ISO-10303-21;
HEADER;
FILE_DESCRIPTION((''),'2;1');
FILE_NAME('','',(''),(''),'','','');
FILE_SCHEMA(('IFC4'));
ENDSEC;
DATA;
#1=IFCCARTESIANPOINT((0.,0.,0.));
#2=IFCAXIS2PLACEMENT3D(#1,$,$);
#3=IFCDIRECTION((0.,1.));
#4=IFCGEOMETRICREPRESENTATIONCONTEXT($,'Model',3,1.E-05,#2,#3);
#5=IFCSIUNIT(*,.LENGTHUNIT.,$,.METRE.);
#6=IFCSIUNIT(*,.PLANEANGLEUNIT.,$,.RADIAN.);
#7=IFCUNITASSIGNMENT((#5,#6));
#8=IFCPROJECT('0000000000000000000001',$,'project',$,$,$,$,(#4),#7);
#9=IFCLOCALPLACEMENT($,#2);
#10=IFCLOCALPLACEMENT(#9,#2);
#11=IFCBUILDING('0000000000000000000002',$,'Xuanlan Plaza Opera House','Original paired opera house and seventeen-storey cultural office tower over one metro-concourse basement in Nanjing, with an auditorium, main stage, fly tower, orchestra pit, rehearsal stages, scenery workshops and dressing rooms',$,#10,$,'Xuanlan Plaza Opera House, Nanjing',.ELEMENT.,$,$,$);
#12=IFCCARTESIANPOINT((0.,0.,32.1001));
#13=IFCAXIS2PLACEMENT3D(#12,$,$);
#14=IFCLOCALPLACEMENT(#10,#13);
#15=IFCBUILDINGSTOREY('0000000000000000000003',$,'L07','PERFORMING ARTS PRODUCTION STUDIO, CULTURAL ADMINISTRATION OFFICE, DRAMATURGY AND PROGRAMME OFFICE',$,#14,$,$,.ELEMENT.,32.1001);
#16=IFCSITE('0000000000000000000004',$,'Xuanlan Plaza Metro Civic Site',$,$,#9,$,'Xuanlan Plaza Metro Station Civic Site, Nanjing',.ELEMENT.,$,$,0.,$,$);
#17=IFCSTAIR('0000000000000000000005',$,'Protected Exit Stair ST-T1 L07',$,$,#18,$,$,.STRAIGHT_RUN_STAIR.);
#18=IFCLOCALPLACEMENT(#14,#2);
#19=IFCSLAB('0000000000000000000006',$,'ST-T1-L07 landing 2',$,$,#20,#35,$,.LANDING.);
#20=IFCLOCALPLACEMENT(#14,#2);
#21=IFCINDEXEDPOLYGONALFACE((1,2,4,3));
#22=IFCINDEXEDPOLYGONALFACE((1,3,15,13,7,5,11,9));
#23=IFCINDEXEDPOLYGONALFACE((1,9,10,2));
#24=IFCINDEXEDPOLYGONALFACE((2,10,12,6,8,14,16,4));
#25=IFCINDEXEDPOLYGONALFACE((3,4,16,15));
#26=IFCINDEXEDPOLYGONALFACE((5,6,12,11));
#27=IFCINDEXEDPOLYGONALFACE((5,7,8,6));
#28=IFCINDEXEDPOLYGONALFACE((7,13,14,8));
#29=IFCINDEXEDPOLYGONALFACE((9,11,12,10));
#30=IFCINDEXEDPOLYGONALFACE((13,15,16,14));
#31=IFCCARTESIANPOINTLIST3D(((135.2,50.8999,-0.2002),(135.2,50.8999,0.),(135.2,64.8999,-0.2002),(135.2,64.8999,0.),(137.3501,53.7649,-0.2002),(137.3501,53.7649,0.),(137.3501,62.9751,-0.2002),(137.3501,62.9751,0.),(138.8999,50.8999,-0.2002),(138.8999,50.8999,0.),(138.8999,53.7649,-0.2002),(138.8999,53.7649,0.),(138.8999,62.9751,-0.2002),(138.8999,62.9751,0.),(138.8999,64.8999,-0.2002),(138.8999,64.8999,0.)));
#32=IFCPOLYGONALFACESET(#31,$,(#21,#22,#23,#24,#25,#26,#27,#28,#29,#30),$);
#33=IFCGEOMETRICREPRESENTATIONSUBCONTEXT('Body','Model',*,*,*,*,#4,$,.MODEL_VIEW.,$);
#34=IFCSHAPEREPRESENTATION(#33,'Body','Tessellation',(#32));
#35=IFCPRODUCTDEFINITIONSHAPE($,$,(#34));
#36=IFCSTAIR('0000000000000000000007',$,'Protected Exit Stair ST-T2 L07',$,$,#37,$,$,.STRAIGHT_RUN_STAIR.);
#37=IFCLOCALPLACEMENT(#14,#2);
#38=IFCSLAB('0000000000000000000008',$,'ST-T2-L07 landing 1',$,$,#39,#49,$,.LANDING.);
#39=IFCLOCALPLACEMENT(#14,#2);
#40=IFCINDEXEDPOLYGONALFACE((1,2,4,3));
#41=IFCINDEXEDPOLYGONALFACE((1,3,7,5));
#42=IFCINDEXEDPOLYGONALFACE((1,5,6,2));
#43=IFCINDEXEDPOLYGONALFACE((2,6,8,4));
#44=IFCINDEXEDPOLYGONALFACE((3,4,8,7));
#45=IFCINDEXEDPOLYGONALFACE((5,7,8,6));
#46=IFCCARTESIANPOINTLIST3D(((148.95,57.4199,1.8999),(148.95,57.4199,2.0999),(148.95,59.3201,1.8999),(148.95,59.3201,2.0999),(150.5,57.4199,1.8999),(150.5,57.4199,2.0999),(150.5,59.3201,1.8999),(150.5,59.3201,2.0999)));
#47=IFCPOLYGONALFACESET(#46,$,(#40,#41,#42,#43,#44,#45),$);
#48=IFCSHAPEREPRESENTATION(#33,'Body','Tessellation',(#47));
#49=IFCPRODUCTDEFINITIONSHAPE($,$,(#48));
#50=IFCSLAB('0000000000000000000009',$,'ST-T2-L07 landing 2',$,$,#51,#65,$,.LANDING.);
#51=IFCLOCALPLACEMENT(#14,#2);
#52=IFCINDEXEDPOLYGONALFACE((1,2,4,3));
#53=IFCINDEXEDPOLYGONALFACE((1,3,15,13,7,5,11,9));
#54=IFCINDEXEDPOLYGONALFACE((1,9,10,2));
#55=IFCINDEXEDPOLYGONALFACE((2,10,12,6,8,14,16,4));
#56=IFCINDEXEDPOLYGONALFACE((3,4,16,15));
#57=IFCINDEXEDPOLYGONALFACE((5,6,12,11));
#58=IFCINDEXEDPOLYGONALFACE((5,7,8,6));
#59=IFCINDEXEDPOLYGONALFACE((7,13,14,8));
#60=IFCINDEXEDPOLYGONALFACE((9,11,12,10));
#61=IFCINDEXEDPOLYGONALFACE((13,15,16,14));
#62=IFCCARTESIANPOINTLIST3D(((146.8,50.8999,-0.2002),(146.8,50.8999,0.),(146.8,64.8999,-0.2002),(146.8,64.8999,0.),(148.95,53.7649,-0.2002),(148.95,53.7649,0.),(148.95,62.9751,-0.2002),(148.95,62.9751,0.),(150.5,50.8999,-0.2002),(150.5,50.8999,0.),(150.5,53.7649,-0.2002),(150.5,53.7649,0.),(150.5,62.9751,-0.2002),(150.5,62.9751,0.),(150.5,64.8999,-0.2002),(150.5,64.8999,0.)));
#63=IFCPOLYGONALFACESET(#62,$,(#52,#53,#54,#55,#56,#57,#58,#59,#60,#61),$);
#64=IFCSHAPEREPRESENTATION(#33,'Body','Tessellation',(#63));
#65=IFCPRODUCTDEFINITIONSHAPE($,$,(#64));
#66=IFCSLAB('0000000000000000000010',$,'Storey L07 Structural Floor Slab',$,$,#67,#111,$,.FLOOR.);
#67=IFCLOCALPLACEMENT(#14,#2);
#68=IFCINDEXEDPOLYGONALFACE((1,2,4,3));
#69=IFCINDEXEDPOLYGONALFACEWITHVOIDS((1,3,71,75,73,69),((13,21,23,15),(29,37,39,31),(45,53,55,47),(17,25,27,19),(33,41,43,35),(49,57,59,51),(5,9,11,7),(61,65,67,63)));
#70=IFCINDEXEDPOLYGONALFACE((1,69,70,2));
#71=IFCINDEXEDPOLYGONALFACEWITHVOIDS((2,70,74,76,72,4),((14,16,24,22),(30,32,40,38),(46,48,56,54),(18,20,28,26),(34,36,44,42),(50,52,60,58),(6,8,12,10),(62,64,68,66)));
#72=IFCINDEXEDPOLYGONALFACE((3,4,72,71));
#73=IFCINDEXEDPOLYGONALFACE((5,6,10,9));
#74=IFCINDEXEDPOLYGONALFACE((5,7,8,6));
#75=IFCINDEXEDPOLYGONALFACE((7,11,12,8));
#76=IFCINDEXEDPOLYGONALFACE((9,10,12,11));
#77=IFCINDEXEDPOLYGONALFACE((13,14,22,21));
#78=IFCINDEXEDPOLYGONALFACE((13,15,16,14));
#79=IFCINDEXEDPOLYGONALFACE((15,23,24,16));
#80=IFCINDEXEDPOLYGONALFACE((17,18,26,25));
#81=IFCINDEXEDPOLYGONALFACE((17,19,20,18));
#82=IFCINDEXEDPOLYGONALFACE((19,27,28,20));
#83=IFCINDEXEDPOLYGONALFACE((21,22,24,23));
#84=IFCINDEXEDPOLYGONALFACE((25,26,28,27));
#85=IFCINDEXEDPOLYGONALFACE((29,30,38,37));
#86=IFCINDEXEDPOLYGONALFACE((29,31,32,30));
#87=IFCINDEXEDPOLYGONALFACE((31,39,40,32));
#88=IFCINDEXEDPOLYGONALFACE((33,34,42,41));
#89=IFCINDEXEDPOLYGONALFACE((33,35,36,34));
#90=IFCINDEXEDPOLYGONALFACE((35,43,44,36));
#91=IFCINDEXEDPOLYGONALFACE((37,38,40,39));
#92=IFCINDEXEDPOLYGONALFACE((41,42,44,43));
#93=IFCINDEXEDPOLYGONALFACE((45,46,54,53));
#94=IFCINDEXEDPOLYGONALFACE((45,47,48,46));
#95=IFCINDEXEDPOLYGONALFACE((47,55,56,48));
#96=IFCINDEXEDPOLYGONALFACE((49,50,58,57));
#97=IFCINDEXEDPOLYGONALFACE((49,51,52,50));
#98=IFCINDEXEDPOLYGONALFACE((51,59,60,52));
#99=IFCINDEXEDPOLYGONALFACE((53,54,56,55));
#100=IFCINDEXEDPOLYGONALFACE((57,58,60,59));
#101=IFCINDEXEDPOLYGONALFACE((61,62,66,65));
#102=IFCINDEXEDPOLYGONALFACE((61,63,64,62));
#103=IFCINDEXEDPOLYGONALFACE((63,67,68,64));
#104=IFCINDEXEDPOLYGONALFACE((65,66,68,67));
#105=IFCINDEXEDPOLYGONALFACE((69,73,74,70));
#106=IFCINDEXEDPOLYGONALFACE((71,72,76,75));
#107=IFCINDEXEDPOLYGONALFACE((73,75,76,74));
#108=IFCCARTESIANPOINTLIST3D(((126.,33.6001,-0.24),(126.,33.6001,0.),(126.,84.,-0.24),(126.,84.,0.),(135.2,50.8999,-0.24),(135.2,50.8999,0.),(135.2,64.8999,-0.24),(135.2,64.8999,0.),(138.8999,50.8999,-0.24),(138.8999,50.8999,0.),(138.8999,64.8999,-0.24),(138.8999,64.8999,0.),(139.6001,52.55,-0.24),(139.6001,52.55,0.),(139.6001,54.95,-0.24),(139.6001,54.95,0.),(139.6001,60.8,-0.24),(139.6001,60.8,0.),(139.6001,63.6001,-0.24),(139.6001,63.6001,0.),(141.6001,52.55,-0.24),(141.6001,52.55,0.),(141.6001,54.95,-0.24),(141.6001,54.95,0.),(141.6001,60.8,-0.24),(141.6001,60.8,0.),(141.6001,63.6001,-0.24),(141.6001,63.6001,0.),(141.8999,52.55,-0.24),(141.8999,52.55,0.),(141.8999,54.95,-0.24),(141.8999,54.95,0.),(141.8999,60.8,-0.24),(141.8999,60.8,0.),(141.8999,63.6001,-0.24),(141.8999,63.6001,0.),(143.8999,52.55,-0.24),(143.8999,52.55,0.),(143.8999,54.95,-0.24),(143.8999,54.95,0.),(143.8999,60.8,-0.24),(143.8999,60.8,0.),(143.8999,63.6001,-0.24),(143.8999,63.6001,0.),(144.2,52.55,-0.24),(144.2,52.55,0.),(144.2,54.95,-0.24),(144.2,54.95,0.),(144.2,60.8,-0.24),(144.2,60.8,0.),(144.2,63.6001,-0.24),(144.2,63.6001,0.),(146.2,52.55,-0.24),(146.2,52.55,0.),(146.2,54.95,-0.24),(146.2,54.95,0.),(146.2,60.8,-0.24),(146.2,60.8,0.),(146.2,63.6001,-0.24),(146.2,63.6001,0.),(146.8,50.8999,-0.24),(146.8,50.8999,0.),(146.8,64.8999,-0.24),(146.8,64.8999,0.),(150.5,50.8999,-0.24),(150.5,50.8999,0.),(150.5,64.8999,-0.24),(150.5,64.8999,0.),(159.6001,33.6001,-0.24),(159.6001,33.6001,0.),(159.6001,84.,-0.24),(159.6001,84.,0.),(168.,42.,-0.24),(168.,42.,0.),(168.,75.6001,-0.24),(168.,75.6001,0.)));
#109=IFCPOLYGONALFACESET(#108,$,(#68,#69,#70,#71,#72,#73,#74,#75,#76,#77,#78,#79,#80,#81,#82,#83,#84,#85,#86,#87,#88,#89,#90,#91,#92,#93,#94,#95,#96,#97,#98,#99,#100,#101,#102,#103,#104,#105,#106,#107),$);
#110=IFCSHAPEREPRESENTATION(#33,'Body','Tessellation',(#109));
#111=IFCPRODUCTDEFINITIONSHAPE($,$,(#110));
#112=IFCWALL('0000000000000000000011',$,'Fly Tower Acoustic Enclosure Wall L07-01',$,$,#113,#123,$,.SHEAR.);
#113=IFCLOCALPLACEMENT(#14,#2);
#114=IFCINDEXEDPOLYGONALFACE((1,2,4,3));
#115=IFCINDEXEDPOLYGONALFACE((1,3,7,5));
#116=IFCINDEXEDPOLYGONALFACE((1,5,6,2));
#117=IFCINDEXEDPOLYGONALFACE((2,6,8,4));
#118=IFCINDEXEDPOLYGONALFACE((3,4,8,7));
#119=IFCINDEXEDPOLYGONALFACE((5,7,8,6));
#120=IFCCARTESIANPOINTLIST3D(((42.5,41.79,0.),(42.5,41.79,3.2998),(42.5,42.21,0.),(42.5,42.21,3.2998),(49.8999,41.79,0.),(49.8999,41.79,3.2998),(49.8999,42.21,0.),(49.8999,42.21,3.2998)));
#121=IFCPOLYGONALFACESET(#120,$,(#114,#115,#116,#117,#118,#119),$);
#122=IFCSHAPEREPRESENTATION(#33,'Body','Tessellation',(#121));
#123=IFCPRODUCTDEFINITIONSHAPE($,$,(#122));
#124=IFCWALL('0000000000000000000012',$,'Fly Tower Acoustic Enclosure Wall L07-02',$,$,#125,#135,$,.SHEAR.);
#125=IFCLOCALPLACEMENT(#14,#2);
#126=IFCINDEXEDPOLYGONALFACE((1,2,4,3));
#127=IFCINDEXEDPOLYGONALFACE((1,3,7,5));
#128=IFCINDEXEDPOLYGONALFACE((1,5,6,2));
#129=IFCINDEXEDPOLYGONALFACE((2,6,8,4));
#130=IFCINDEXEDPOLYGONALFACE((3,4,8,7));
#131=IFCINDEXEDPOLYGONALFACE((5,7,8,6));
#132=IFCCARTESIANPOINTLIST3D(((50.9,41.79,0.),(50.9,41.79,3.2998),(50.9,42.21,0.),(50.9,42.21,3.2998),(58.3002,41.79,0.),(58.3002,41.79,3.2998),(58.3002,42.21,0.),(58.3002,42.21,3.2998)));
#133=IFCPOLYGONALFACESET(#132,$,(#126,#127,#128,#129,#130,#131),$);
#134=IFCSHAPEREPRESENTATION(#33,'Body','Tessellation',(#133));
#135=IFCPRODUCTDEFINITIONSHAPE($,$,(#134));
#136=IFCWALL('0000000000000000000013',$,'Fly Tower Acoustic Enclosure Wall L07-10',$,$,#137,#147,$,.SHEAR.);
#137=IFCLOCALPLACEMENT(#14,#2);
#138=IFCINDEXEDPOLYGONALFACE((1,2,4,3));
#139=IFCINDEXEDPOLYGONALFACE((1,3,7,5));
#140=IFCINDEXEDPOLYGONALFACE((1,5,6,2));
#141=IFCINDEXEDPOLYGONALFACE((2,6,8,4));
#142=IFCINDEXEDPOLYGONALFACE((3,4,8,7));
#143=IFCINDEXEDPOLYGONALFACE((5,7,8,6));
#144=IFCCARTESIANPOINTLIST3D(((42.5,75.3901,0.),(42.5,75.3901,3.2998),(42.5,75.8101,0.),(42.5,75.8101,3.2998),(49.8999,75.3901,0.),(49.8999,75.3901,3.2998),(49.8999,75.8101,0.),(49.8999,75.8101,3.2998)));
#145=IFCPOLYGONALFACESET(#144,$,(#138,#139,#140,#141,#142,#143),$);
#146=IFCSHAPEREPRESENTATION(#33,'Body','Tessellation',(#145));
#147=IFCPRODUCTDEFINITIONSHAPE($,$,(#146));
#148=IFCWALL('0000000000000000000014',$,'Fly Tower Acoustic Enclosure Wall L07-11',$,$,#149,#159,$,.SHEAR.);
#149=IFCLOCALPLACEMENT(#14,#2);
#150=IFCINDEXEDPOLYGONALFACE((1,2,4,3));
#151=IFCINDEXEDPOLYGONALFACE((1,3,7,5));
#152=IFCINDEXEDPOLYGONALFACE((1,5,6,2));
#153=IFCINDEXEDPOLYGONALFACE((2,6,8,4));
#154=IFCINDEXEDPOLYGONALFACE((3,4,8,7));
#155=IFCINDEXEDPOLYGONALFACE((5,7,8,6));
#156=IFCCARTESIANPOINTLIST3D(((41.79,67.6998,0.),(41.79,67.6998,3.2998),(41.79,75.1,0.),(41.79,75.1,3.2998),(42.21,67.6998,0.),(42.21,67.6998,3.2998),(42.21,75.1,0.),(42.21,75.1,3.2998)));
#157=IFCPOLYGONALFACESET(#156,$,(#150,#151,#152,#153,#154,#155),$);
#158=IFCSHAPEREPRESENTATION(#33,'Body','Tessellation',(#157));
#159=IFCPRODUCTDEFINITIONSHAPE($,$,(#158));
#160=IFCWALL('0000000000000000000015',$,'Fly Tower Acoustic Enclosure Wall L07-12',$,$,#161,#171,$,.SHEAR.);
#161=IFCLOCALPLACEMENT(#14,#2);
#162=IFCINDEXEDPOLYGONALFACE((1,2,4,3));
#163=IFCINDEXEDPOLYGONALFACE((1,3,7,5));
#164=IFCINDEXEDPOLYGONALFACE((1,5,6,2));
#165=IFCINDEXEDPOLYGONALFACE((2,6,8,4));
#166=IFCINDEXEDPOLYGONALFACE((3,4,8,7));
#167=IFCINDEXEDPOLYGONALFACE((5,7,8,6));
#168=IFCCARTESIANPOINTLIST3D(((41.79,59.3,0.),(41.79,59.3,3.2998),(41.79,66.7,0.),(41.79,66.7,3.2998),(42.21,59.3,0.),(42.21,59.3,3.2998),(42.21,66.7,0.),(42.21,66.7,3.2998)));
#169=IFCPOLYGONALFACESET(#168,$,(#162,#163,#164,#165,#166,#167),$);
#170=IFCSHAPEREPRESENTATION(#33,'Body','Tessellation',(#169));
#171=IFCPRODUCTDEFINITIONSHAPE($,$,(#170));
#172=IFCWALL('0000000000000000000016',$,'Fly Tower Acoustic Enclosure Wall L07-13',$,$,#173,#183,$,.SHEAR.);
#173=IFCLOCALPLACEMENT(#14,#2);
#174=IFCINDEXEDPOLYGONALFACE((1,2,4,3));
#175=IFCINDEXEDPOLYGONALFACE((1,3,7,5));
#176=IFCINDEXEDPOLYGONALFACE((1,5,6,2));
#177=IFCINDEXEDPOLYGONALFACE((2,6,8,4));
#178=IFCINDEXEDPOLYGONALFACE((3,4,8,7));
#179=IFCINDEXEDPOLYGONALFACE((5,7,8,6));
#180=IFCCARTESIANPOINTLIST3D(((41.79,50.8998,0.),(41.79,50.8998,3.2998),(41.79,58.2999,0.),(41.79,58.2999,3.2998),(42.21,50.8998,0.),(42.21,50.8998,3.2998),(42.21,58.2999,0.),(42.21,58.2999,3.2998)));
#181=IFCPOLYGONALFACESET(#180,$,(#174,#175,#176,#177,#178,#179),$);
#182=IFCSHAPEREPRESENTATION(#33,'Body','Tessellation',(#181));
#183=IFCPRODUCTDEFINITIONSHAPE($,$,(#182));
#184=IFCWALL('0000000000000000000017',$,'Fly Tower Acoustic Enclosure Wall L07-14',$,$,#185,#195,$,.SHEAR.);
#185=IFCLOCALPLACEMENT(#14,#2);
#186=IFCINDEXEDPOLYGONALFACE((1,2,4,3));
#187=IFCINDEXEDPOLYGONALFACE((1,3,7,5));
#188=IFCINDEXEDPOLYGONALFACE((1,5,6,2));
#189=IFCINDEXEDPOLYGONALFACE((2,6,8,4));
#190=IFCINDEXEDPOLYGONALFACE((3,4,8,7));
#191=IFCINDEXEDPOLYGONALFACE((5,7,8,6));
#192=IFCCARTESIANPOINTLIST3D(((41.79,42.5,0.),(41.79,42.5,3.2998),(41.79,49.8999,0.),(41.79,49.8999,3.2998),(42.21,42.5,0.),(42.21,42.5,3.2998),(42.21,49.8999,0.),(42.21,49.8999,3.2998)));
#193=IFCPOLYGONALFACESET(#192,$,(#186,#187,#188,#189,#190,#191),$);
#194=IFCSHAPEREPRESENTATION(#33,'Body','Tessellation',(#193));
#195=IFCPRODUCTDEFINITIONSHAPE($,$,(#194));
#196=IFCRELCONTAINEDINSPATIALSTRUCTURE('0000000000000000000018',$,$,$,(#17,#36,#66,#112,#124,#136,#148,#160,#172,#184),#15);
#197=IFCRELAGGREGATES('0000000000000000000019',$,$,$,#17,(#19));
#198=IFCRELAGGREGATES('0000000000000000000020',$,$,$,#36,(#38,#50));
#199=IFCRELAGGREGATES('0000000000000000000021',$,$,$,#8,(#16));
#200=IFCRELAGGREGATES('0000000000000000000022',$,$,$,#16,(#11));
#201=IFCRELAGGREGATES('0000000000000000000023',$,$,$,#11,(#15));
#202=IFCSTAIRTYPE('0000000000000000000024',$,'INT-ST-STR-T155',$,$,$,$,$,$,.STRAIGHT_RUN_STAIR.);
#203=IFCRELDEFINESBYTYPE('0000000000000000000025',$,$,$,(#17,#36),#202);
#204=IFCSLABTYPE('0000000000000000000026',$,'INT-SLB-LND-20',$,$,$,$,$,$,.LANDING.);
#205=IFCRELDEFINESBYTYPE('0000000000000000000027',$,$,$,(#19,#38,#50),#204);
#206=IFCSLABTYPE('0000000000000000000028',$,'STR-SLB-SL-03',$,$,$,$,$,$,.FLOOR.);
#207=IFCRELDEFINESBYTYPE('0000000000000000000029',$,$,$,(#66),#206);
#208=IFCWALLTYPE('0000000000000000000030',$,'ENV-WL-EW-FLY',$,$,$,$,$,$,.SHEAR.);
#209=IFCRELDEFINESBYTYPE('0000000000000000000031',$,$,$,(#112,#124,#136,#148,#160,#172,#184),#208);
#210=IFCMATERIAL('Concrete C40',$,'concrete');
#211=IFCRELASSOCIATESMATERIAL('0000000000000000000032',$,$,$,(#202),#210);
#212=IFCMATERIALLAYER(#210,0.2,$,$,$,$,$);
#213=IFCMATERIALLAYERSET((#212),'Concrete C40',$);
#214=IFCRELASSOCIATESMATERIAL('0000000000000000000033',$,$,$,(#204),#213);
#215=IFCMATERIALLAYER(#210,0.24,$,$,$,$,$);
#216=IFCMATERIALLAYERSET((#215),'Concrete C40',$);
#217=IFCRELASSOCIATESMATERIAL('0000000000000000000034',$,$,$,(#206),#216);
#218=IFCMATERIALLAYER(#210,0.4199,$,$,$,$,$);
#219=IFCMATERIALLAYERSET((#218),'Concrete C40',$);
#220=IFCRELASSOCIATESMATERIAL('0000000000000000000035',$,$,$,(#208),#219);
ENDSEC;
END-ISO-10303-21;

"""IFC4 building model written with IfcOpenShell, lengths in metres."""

from ifc_helpers import new_model, si_unit, direction, frame, frame_2d, origin, place, context, subcontext, project, spatial, polyline, rectangle, outline, extrude, material, layer, layer_set, type_object, element, aggregate, save


model = new_model("IFC4")

# Units and contexts
model_context = context("Model", 3, precision=1e-05, world=origin(), true_north=direction((0.0, 1.0)))
body_context = subcontext(model_context, "Body", "Model", "MODEL_VIEW")
ifc_project = project(units=[si_unit("LENGTHUNIT", "METRE"), si_unit("PLANEANGLEUNIT", "RADIAN")], contexts=[model_context])

# Site, building, storey
site_placement = place(None, origin())
site = spatial("IfcSite", under=ifc_project, at=site_placement, Name="Xuanlan Plaza Metro Civic Site", LongName="Xuanlan Plaza Metro Station Civic Site, Nanjing", CompositionType="ELEMENT", RefElevation=0.0)
building_placement = place(site_placement, origin())
building = spatial("IfcBuilding", under=site, at=building_placement, Name="Xuanlan Plaza Opera House", Description="Original paired opera house and seventeen-storey cultural office tower over one metro-concourse basement in Nanjing, with an auditorium, main stage, fly tower, orchestra pit, rehearsal stages, scenery workshops and dressing rooms", LongName="Xuanlan Plaza Opera House, Nanjing", CompositionType="ELEMENT")
storey_placement = place(building_placement, frame((0.0, 0.0, 32.1001)))
storey = spatial("IfcBuildingStorey", under=building, at=storey_placement, Name="L07", Description="PERFORMING ARTS PRODUCTION STUDIO, CULTURAL ADMINISTRATION OFFICE, DRAMATURGY AND PROGRAMME OFFICE", CompositionType="ELEMENT", Elevation=32.1001)

# Shared definitions
ifc_material_1 = material(Name="Concrete C40", Category="concrete")

# Stairs, slabs
stair_type = type_object("IfcStairType", Name="INT-ST-STR-T155", PredefinedType="STRAIGHT_RUN_STAIR", material=ifc_material_1)
stair_1_placement = place(storey_placement, origin())
stair_1 = element("IfcStair", 1, at=stair_1_placement, inside=storey, type_object=stair_type, Name="Protected Exit Stair ST-T1 L07", PredefinedType="STRAIGHT_RUN_STAIR")
ifc_layer_1 = layer(ifc_material_1, 0.2)
ifc_layer_set_1 = layer_set([ifc_layer_1], Name="Concrete C40")
slab_type_1 = type_object("IfcSlabType", Name="INT-SLB-LND-20", PredefinedType="LANDING", material=ifc_layer_set_1)
slab_1_placement = place(storey_placement, frame((0.0, 0.0, -0.2002)))
slab_1 = element("IfcSlab", 2, at=slab_1_placement, type_object=slab_type_1, Name="ST-T1-L07 landing 2", PredefinedType="LANDING", context=body_context, shape_type="SweptSolid", body=[
    extrude(outline(polyline([(135.2, 50.8999), (138.8999, 50.8999), (138.8999, 53.7649), (137.3501, 53.7649), (137.3501, 62.9751), (138.8999, 62.9751), (138.8999, 64.8999), (135.2, 64.8999), (135.2, 50.8999)])), origin(), (0.0, 0.0, 1.0), 0.2002),
])
aggregate(stair_1, [slab_1])
stair_2_placement = place(storey_placement, origin())
stair_2 = element("IfcStair", 3, at=stair_2_placement, inside=storey, type_object=stair_type, Name="Protected Exit Stair ST-T2 L07", PredefinedType="STRAIGHT_RUN_STAIR")
slab_2_placement = place(storey_placement, frame((0.0, 0.0, 1.8999)))
slab_2 = element("IfcSlab", 4, at=slab_2_placement, type_object=slab_type_1, Name="ST-T2-L07 landing 1", PredefinedType="LANDING", context=body_context, shape_type="SweptSolid", body=[
    extrude(outline(polyline([(148.95, 57.4199), (150.5, 57.4199), (150.5, 59.3201), (148.95, 59.3201), (148.95, 57.4199)])), origin(), (0.0, 0.0, 1.0), 0.2),
])
slab_3_placement = place(storey_placement, frame((0.0, 0.0, -0.2002)))
slab_3 = element("IfcSlab", 5, at=slab_3_placement, type_object=slab_type_1, Name="ST-T2-L07 landing 2", PredefinedType="LANDING", context=body_context, shape_type="SweptSolid", body=[
    extrude(outline(polyline([(146.8, 50.8999), (150.5, 50.8999), (150.5, 53.7649), (148.95, 53.7649), (148.95, 62.9751), (150.5, 62.9751), (150.5, 64.8999), (146.8, 64.8999), (146.8, 50.8999)])), origin(), (0.0, 0.0, 1.0), 0.2002),
])
aggregate(stair_2, [slab_2, slab_3])

# Slab
ifc_layer_2 = layer(ifc_material_1, 0.24)
ifc_layer_set_2 = layer_set([ifc_layer_2], Name="Concrete C40")
slab_type_2 = type_object("IfcSlabType", Name="STR-SLB-SL-03", PredefinedType="FLOOR", material=ifc_layer_set_2)
slab_4_placement = place(storey_placement, frame((0.0, 0.0, -0.24)))
element("IfcSlab", 6, at=slab_4_placement, inside=storey, type_object=slab_type_2, Name="Storey L07 Structural Floor Slab", PredefinedType="FLOOR", context=body_context, shape_type="SweptSolid", body=[
    extrude(outline(polyline([(126.0, 33.6001), (159.6001, 33.6001), (168.0, 42.0), (168.0, 75.6001), (159.6001, 84.0), (126.0, 84.0), (126.0, 33.6001)]), holes=[polyline([(135.2, 50.8999), (138.8999, 50.8999), (138.8999, 64.8999), (135.2, 64.8999), (135.2, 50.8999)]), polyline([(146.8, 50.8999), (150.5, 50.8999), (150.5, 64.8999), (146.8, 64.8999), (146.8, 50.8999)]), polyline([(139.6001, 60.8), (141.6001, 60.8), (141.6001, 63.6001), (139.6001, 63.6001), (139.6001, 60.8)]), polyline([(141.8999, 60.8), (143.8999, 60.8), (143.8999, 63.6001), (141.8999, 63.6001), (141.8999, 60.8)]), polyline([(144.2, 60.8), (146.2, 60.8), (146.2, 63.6001), (144.2, 63.6001), (144.2, 60.8)]), polyline([(139.6001, 52.55), (141.6001, 52.55), (141.6001, 54.95), (139.6001, 54.95), (139.6001, 52.55)]), polyline([(141.8999, 52.55), (143.8999, 52.55), (143.8999, 54.95), (141.8999, 54.95), (141.8999, 52.55)]), polyline([(144.2, 52.55), (146.2, 52.55), (146.2, 54.95), (144.2, 54.95), (144.2, 52.55)])]), origin(), (0.0, 0.0, 1.0), 0.24),
])

# Walls
ifc_layer_3 = layer(ifc_material_1, 0.4199)
ifc_layer_set_3 = layer_set([ifc_layer_3], Name="Concrete C40")
wall_type = type_object("IfcWallType", Name="ENV-WL-EW-FLY", PredefinedType="SHEAR", material=ifc_layer_set_3)
wall_1_placement = place(storey_placement, frame((42.5, 42.0, 0.0), z_axis=(0.0, 0.0, 1.0), x_axis=(1.0, 0.0, 0.0)))
element("IfcWall", 7, at=wall_1_placement, inside=storey, type_object=wall_type, Name="Fly Tower Acoustic Enclosure Wall L07-01", PredefinedType="SHEAR", context=body_context, shape_type="SweptSolid", body=[
    extrude(rectangle(XDim=7.3999, YDim=0.4199, at=frame_2d((3.7, 0.0))), origin(), (0.0, 0.0, 1.0), 3.2998),
])
wall_2_placement = place(storey_placement, frame((50.8999, 42.0, 0.0), z_axis=(0.0, 0.0, 1.0), x_axis=(1.0, 0.0, 0.0)))
element("IfcWall", 8, at=wall_2_placement, inside=storey, type_object=wall_type, Name="Fly Tower Acoustic Enclosure Wall L07-02", PredefinedType="SHEAR", context=body_context, shape_type="SweptSolid", body=[
    extrude(rectangle(XDim=7.4001, YDim=0.4199, at=frame_2d((3.7002, 0.0))), origin(), (0.0, 0.0, 1.0), 3.2998),
])
wall_3_placement = place(storey_placement, frame((49.8999, 75.6001, 0.0), z_axis=(0.0, 0.0, 1.0), x_axis=(-1.0, 0.0, 0.0)))
element("IfcWall", 9, at=wall_3_placement, inside=storey, type_object=wall_type, Name="Fly Tower Acoustic Enclosure Wall L07-10", PredefinedType="SHEAR", context=body_context, shape_type="SweptSolid", body=[
    extrude(rectangle(XDim=7.3999, YDim=0.4199, at=frame_2d((3.7, 0.0))), origin(), (0.0, 0.0, 1.0), 3.2998),
])
wall_4_placement = place(storey_placement, frame((42.0, 75.1001, 0.0), z_axis=(0.0, 0.0, 1.0), x_axis=(0.0, -1.0, 0.0)))
element("IfcWall", 10, at=wall_4_placement, inside=storey, type_object=wall_type, Name="Fly Tower Acoustic Enclosure Wall L07-11", PredefinedType="SHEAR", context=body_context, shape_type="SweptSolid", body=[
    extrude(rectangle(XDim=7.4001, YDim=0.4199, at=frame_2d((3.7002, 0.0))), origin(), (0.0, 0.0, 1.0), 3.2998),
])
wall_5_placement = place(storey_placement, frame((42.0, 66.7, 0.0), z_axis=(0.0, 0.0, 1.0), x_axis=(0.0, -1.0, 0.0)))
element("IfcWall", 11, at=wall_5_placement, inside=storey, type_object=wall_type, Name="Fly Tower Acoustic Enclosure Wall L07-12", PredefinedType="SHEAR", context=body_context, shape_type="SweptSolid", body=[
    extrude(rectangle(XDim=7.3999, YDim=0.4199, at=frame_2d((3.7, 0.0))), origin(), (0.0, 0.0, 1.0), 3.2998),
])
wall_6_placement = place(storey_placement, frame((42.0, 58.3, 0.0), z_axis=(0.0, 0.0, 1.0), x_axis=(0.0, -1.0, 0.0)))
element("IfcWall", 12, at=wall_6_placement, inside=storey, type_object=wall_type, Name="Fly Tower Acoustic Enclosure Wall L07-13", PredefinedType="SHEAR", context=body_context, shape_type="SweptSolid", body=[
    extrude(rectangle(XDim=7.4001, YDim=0.4199, at=frame_2d((3.7002, 0.0))), origin(), (0.0, 0.0, 1.0), 3.2998),
])
wall_7_placement = place(storey_placement, frame((42.0, 49.8999, 0.0), z_axis=(0.0, 0.0, 1.0), x_axis=(0.0, -1.0, 0.0)))
element("IfcWall", 13, at=wall_7_placement, inside=storey, type_object=wall_type, Name="Fly Tower Acoustic Enclosure Wall L07-14", PredefinedType="SHEAR", context=body_context, shape_type="SweptSolid", body=[
    extrude(rectangle(XDim=7.3999, YDim=0.4199, at=frame_2d((3.7, 0.0))), origin(), (0.0, 0.0, 1.0), 3.2998),
])

save(model, "model.ifc")
